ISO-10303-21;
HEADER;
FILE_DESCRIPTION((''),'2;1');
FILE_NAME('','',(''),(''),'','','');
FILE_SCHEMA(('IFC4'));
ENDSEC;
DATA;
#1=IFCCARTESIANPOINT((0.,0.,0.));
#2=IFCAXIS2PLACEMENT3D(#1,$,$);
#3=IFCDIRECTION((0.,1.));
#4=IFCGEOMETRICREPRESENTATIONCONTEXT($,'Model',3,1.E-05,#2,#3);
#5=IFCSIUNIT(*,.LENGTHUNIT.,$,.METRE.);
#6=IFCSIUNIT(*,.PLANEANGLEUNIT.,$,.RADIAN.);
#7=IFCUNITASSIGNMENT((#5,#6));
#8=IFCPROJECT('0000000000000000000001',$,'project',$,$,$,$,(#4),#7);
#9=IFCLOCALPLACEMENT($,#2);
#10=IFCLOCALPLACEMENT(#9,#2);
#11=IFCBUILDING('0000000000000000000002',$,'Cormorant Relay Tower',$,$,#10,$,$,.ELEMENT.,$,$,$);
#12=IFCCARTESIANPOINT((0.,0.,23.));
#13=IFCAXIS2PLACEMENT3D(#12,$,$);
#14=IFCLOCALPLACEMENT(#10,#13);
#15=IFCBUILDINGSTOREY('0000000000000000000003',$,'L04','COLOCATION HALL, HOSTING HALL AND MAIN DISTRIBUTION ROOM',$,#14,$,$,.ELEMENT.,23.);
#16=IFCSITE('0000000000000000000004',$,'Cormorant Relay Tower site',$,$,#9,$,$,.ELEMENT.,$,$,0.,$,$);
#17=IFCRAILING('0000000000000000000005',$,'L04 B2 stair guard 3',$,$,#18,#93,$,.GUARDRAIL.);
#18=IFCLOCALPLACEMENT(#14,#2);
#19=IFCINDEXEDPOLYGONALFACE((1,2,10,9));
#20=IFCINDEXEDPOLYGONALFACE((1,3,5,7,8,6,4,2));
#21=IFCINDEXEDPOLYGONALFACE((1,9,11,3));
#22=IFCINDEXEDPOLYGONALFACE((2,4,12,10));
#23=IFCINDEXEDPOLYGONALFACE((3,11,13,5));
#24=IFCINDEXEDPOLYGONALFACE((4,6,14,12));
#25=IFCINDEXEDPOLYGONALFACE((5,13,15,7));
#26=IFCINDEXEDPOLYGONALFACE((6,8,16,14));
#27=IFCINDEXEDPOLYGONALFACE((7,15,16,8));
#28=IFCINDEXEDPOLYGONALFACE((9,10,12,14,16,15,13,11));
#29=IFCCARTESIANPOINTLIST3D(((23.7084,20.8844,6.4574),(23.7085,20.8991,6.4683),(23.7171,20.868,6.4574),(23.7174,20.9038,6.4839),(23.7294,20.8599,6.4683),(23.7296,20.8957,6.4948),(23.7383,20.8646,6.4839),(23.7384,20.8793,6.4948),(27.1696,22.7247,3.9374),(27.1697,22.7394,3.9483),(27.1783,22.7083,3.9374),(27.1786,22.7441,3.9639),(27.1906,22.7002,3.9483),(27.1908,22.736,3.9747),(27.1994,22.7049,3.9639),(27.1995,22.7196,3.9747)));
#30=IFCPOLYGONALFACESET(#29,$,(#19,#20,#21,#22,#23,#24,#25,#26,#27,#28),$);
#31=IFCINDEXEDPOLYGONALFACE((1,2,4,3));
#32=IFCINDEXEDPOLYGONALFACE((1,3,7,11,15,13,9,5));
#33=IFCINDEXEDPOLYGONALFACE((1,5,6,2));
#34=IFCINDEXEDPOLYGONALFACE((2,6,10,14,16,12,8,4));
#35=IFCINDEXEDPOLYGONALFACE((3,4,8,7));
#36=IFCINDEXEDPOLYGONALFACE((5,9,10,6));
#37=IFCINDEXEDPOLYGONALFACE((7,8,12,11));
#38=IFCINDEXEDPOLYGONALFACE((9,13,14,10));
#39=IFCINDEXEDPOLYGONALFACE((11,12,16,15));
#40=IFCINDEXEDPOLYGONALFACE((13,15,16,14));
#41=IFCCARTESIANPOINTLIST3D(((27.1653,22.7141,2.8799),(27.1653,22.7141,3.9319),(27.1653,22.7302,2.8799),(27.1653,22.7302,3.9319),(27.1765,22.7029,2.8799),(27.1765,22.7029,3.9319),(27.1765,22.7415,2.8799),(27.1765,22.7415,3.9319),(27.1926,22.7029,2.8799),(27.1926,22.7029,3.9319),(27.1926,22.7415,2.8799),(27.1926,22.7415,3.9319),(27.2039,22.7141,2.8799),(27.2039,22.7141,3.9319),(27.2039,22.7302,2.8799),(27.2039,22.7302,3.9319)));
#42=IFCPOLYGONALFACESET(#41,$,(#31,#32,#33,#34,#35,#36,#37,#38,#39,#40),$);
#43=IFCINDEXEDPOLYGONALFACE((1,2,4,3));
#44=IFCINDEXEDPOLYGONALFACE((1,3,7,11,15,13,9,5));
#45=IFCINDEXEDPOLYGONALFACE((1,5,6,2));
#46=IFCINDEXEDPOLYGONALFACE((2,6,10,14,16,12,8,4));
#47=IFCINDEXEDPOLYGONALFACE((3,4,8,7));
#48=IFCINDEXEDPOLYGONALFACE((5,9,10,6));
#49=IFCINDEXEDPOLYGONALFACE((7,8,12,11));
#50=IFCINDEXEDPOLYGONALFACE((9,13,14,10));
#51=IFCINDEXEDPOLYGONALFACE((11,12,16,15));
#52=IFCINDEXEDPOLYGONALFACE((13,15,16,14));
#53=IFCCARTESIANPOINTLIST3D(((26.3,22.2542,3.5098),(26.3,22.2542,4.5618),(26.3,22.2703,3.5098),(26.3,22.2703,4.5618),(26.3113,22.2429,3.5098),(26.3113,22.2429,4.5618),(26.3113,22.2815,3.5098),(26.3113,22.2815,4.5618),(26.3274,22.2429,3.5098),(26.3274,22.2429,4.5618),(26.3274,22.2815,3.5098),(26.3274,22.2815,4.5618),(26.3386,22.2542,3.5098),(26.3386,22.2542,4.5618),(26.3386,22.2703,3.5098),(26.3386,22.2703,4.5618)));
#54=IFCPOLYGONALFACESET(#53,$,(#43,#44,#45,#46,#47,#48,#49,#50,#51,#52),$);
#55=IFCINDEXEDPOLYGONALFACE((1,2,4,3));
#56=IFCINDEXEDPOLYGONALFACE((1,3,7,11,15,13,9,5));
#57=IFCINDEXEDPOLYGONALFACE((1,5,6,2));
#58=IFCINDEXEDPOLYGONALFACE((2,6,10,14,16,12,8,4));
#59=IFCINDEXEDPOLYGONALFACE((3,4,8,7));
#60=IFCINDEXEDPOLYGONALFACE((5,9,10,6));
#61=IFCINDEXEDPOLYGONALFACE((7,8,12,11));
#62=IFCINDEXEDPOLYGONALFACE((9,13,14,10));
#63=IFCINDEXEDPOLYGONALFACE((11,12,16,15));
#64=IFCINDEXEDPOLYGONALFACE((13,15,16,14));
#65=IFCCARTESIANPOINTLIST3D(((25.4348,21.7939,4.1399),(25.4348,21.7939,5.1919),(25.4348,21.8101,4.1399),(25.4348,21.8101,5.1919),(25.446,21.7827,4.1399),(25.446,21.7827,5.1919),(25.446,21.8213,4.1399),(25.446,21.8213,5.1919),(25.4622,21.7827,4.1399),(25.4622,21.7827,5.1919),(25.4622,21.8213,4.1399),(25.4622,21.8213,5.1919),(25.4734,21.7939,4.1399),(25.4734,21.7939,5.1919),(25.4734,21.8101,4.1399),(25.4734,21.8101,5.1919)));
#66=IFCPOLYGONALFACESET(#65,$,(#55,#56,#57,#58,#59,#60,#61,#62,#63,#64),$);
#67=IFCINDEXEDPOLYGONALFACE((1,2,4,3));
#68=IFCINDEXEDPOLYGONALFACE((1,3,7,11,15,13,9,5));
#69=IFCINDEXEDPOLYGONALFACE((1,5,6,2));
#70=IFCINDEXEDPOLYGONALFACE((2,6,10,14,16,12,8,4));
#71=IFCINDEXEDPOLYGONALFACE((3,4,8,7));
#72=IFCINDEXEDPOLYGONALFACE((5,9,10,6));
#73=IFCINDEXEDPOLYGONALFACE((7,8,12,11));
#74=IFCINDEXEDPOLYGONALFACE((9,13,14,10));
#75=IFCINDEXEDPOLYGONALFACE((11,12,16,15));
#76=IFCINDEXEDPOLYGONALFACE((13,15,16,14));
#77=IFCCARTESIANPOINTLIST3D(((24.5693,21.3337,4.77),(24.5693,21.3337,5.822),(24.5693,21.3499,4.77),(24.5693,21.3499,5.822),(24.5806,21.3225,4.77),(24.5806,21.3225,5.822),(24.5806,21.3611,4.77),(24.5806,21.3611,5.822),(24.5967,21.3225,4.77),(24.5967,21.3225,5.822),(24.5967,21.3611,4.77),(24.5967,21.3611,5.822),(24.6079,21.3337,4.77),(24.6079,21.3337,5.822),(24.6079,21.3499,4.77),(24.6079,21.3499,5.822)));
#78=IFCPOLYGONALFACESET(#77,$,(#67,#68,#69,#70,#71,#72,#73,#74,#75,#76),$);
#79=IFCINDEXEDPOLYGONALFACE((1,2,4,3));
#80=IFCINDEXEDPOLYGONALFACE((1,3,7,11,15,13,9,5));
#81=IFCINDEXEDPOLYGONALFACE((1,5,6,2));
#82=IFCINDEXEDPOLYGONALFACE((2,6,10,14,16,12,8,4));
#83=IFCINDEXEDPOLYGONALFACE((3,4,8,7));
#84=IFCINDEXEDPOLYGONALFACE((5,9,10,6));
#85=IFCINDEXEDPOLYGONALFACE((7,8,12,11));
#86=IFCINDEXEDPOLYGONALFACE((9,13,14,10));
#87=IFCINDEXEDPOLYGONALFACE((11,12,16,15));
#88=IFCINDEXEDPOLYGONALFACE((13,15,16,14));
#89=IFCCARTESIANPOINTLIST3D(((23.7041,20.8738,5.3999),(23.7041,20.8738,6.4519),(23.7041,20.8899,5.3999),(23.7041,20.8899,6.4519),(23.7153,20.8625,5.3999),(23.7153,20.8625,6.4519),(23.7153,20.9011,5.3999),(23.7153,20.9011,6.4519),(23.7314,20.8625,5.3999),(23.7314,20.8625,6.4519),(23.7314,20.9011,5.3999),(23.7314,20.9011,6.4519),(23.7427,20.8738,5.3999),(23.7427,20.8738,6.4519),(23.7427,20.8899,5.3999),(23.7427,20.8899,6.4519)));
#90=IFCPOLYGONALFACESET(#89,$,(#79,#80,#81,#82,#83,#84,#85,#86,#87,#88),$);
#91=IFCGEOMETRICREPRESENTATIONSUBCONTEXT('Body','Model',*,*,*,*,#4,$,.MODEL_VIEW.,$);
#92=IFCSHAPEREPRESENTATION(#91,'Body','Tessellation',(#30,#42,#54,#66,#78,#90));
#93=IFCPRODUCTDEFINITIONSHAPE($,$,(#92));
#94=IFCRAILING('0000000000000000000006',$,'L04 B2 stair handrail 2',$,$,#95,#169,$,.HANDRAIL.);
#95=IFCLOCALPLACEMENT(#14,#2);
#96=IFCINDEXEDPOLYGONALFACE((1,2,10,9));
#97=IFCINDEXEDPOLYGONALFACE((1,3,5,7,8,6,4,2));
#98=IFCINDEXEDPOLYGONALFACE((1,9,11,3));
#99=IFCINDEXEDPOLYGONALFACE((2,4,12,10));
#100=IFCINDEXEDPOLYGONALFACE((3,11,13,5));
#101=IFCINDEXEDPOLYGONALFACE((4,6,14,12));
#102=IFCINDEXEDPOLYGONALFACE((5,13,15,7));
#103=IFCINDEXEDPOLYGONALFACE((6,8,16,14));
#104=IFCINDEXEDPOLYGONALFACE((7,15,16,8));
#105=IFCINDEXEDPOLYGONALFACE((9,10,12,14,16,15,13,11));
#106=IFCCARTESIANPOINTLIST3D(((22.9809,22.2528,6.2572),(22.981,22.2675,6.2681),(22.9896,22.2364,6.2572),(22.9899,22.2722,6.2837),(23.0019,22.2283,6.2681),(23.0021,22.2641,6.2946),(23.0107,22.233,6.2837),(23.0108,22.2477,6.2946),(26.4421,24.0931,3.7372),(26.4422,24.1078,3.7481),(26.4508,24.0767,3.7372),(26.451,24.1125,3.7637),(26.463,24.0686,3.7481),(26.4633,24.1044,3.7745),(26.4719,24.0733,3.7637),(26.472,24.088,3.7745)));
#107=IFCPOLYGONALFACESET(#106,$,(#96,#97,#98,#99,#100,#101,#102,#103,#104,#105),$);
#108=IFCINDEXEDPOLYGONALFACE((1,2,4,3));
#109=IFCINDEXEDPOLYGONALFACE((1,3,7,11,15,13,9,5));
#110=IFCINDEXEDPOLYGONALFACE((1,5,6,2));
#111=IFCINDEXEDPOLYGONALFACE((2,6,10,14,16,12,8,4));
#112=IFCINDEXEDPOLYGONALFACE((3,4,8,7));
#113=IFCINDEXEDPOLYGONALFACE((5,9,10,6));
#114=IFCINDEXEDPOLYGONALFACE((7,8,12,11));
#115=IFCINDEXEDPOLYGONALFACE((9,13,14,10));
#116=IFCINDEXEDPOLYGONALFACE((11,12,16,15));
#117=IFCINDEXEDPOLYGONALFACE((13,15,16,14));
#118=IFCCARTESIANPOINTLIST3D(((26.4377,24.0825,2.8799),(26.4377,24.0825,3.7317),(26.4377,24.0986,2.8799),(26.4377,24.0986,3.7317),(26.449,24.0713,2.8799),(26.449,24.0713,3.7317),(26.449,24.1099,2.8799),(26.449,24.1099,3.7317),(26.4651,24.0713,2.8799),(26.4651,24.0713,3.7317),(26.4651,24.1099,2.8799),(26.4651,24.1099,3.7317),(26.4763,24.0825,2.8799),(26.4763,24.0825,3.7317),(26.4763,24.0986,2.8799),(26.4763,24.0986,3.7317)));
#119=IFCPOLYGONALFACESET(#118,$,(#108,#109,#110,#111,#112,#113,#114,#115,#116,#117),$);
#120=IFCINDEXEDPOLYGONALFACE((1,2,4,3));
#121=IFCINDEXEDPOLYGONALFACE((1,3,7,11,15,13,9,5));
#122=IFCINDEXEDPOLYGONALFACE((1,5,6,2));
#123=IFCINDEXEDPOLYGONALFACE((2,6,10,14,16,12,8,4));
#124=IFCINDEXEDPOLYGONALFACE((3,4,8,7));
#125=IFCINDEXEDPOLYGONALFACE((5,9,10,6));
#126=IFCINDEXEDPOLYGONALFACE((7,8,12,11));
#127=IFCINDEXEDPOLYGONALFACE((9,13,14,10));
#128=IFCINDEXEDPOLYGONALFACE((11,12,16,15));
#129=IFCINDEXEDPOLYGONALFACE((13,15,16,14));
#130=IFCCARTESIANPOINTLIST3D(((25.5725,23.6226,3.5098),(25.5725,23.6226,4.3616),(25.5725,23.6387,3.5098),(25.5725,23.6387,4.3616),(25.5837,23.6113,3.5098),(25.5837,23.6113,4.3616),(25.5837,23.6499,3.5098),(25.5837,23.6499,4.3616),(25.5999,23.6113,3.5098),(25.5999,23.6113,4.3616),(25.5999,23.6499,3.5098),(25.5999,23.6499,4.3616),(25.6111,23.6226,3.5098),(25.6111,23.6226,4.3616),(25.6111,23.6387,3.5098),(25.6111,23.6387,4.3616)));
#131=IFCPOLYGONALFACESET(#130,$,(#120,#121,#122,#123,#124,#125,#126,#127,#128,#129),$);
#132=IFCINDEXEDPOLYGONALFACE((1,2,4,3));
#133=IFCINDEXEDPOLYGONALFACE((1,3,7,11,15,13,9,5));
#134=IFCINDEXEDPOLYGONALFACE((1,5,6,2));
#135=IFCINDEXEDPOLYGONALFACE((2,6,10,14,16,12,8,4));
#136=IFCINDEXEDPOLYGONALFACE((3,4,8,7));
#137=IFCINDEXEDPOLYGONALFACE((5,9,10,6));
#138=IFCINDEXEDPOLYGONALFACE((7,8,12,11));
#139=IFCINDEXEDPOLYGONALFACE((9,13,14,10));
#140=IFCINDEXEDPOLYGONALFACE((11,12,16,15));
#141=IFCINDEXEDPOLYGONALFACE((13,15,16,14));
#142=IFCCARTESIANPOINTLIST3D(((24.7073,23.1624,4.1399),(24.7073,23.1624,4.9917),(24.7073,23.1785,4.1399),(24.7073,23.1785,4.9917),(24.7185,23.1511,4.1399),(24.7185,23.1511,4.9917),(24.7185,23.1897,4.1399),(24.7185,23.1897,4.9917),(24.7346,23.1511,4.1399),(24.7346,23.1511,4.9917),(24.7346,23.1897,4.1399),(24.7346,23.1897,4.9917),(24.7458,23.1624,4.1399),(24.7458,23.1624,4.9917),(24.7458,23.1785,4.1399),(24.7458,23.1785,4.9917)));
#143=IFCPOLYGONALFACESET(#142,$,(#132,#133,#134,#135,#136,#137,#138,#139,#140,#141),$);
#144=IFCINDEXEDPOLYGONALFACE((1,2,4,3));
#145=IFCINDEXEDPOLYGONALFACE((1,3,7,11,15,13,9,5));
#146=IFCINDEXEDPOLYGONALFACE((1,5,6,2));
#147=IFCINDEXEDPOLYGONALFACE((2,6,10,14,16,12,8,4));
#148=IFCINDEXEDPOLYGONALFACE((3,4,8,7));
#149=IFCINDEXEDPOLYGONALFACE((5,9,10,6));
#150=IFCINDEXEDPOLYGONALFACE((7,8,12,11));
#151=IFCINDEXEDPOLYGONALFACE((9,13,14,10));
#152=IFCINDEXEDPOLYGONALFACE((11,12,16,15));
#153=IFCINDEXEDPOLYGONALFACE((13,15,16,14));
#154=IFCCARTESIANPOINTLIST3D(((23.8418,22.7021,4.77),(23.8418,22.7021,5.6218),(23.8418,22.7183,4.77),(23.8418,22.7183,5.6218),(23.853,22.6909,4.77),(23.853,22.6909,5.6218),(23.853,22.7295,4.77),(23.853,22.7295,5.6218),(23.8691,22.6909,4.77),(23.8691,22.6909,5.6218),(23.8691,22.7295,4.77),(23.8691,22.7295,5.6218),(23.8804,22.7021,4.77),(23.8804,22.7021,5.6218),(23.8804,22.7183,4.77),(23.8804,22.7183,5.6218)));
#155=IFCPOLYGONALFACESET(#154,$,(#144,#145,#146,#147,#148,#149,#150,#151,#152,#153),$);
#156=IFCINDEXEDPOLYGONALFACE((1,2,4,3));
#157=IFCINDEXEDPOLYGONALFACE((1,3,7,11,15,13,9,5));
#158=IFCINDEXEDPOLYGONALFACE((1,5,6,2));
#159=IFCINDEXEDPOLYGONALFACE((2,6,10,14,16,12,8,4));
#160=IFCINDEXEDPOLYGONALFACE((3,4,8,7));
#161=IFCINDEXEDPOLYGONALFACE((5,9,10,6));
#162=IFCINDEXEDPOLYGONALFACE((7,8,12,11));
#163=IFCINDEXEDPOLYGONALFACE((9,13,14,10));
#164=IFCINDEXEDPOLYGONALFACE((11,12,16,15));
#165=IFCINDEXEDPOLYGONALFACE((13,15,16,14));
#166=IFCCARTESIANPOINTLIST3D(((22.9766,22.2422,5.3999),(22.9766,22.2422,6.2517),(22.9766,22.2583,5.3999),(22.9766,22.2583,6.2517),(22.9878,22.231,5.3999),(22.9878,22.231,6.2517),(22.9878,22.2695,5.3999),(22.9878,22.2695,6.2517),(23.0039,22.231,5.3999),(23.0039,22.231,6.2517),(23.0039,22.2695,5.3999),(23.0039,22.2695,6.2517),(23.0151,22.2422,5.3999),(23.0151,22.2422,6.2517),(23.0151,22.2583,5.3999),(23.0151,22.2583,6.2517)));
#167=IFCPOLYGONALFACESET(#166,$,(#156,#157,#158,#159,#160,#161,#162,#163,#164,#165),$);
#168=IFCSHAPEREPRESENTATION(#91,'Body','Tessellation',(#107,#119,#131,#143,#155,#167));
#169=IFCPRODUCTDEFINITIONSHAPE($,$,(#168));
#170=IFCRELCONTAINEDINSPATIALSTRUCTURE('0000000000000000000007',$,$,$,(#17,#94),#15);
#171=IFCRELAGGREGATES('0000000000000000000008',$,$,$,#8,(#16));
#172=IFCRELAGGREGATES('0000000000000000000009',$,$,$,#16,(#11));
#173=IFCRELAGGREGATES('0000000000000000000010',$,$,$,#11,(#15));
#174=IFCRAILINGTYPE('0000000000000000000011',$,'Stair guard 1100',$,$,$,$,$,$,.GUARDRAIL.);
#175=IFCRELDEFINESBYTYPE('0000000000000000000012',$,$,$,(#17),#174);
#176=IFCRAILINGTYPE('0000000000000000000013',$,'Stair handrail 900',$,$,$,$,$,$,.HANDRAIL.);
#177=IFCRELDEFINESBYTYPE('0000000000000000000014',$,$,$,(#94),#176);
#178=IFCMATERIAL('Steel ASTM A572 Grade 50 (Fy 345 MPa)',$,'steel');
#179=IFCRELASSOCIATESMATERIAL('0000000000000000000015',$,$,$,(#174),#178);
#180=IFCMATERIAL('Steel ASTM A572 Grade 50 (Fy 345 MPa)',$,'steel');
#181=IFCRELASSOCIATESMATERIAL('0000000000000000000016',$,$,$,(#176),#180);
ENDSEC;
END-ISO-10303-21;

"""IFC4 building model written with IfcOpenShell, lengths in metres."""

from ifc_helpers import new_model, si_unit, direction, frame, origin, place, context, subcontext, project, spatial, polyline, outline, extrude, material, type_object, element, save


model = new_model("IFC4")

# Units and contexts
model_context = context("Model", 3, precision=1e-05, world=origin(), true_north=direction((0.0, 1.0)))
body_context = subcontext(model_context, "Body", "Model", "MODEL_VIEW")
ifc_project = project(units=[si_unit("LENGTHUNIT", "METRE"), si_unit("PLANEANGLEUNIT", "RADIAN")], contexts=[model_context])

# Site, building, storey
site_placement = place(None, origin())
site = spatial("IfcSite", under=ifc_project, at=site_placement, Name="Cormorant Relay Tower site", CompositionType="ELEMENT", RefElevation=0.0)
building_placement = place(site_placement, origin())
building = spatial("IfcBuilding", under=site, at=building_placement, Name="Cormorant Relay Tower", CompositionType="ELEMENT")
storey_placement = place(building_placement, frame((0.0, 0.0, 23.0)))
storey = spatial("IfcBuildingStorey", under=building, at=storey_placement, Name="L04", Description="COLOCATION HALL, HOSTING HALL AND MAIN DISTRIBUTION ROOM", CompositionType="ELEMENT", Elevation=23.0)

# Railings
ifc_material_1 = material(Name="Steel ASTM A572 Grade 50 (Fy 345 MPa)", Category="steel")
railing_type_1 = type_object("IfcRailingType", Name="Stair guard 1100", PredefinedType="GUARDRAIL", material=ifc_material_1)
railing_1_placement = place(storey_placement, frame((27.1846, 22.7222, 2.8799)))
element("IfcRailing", 1, at=railing_1_placement, inside=storey, type_object=railing_type_1, Name="L04 B2 stair guard 3", PredefinedType="GUARDRAIL", context=body_context, shape_type="SweptSolid", body=[
    extrude(outline(polyline([(0.0222, 0.0093), (0.0093, 0.0222), (-0.0093, 0.0222), (-0.0222, 0.0093), (-0.0222, -0.0093), (-0.0093, -0.0222), (0.0093, -0.0222), (0.0222, -0.0093), (0.0222, 0.0093)])), frame((0.0, 0.0, 1.0762), z_axis=(-0.742717, -0.394907, 0.540758), x_axis=(0.469469, -0.882949, 0.0)), (0.0, 0.0, 1.0), 4.6602),
    extrude(outline(polyline([(0.0193, 0.0081), (0.0081, 0.0193), (-0.0081, 0.0193), (-0.0193, 0.0081), (-0.0193, -0.0081), (-0.0081, -0.0193), (0.0081, -0.0193), (0.0193, -0.0081), (0.0193, 0.0081)])), origin(), (0.0, 0.0, 1.0), 1.052),
    extrude(outline(polyline([(0.0193, 0.0081), (0.0081, 0.0193), (-0.0081, 0.0193), (-0.0193, 0.0081), (-0.0193, -0.0081), (-0.0081, -0.0193), (0.0081, -0.0193), (0.0193, -0.0081), (0.0193, 0.0081)])), frame((-0.8652, -0.46, 0.6299)), (0.0, 0.0, 1.0), 1.052),
    extrude(outline(polyline([(0.0193, 0.0081), (0.0081, 0.0193), (-0.0081, 0.0193), (-0.0193, 0.0081), (-0.0193, -0.0081), (-0.0081, -0.0193), (0.0081, -0.0193), (0.0193, -0.0081), (0.0193, 0.0081)])), frame((-1.7305, -0.9202, 1.26)), (0.0, 0.0, 1.0), 1.052),
    extrude(outline(polyline([(0.0193, 0.0081), (0.0081, 0.0193), (-0.0081, 0.0193), (-0.0193, 0.0081), (-0.0193, -0.0081), (-0.0081, -0.0193), (0.0081, -0.0193), (0.0193, -0.0081), (0.0193, 0.0081)])), frame((-2.5959, -1.3804, 1.8901)), (0.0, 0.0, 1.0), 1.052),
    extrude(outline(polyline([(0.0193, 0.0081), (0.0081, 0.0193), (-0.0081, 0.0193), (-0.0193, 0.0081), (-0.0193, -0.0081), (-0.0081, -0.0193), (0.0081, -0.0193), (0.0193, -0.0081), (0.0193, 0.0081)])), frame((-3.4612, -1.8403, 2.52)), (0.0, 0.0, 1.0), 1.052),
])
ifc_material_2 = material(Name="Steel ASTM A572 Grade 50 (Fy 345 MPa)", Category="steel")
railing_type_2 = type_object("IfcRailingType", Name="Stair handrail 900", PredefinedType="HANDRAIL", material=ifc_material_2)
railing_2_placement = place(storey_placement, frame((26.457, 24.0906, 2.8799)))
element("IfcRailing", 2, at=railing_2_placement, inside=storey, type_object=railing_type_2, Name="L04 B2 stair handrail 2", PredefinedType="HANDRAIL", context=body_context, shape_type="SweptSolid", body=[
    extrude(outline(polyline([(0.0222, 0.0093), (0.0093, 0.0222), (-0.0093, 0.0222), (-0.0222, 0.0093), (-0.0222, -0.0093), (-0.0093, -0.0222), (0.0093, -0.0222), (0.0222, -0.0093), (0.0222, 0.0093)])), frame((0.0, 0.0, 0.876), z_axis=(-0.742717, -0.394907, 0.540758), x_axis=(0.469469, -0.882949, 0.0)), (0.0, 0.0, 1.0), 4.6602),
    extrude(outline(polyline([(0.0193, 0.0081), (0.0081, 0.0193), (-0.0081, 0.0193), (-0.0193, 0.0081), (-0.0193, -0.0081), (-0.0081, -0.0193), (0.0081, -0.0193), (0.0193, -0.0081), (0.0193, 0.0081)])), origin(), (0.0, 0.0, 1.0), 0.8518),
    extrude(outline(polyline([(0.0193, 0.0081), (0.0081, 0.0193), (-0.0081, 0.0193), (-0.0193, 0.0081), (-0.0193, -0.0081), (-0.0081, -0.0193), (0.0081, -0.0193), (0.0193, -0.0081), (0.0193, 0.0081)])), frame((-0.8652, -0.46, 0.6299)), (0.0, 0.0, 1.0), 0.8518),
    extrude(outline(polyline([(0.0193, 0.0081), (0.0081, 0.0193), (-0.0081, 0.0193), (-0.0193, 0.0081), (-0.0193, -0.0081), (-0.0081, -0.0193), (0.0081, -0.0193), (0.0193, -0.0081), (0.0193, 0.0081)])), frame((-1.7305, -0.9202, 1.26)), (0.0, 0.0, 1.0), 0.8518),
    extrude(outline(polyline([(0.0193, 0.0081), (0.0081, 0.0193), (-0.0081, 0.0193), (-0.0193, 0.0081), (-0.0193, -0.0081), (-0.0081, -0.0193), (0.0081, -0.0193), (0.0193, -0.0081), (0.0193, 0.0081)])), frame((-2.5959, -1.3804, 1.8901)), (0.0, 0.0, 1.0), 0.8518),
    extrude(outline(polyline([(0.0193, 0.0081), (0.0081, 0.0193), (-0.0081, 0.0193), (-0.0193, 0.0081), (-0.0193, -0.0081), (-0.0081, -0.0193), (0.0081, -0.0193), (0.0193, -0.0081), (0.0193, 0.0081)])), frame((-3.4612, -1.8403, 2.52)), (0.0, 0.0, 1.0), 0.8518),
])

save(model, "model.ifc")
